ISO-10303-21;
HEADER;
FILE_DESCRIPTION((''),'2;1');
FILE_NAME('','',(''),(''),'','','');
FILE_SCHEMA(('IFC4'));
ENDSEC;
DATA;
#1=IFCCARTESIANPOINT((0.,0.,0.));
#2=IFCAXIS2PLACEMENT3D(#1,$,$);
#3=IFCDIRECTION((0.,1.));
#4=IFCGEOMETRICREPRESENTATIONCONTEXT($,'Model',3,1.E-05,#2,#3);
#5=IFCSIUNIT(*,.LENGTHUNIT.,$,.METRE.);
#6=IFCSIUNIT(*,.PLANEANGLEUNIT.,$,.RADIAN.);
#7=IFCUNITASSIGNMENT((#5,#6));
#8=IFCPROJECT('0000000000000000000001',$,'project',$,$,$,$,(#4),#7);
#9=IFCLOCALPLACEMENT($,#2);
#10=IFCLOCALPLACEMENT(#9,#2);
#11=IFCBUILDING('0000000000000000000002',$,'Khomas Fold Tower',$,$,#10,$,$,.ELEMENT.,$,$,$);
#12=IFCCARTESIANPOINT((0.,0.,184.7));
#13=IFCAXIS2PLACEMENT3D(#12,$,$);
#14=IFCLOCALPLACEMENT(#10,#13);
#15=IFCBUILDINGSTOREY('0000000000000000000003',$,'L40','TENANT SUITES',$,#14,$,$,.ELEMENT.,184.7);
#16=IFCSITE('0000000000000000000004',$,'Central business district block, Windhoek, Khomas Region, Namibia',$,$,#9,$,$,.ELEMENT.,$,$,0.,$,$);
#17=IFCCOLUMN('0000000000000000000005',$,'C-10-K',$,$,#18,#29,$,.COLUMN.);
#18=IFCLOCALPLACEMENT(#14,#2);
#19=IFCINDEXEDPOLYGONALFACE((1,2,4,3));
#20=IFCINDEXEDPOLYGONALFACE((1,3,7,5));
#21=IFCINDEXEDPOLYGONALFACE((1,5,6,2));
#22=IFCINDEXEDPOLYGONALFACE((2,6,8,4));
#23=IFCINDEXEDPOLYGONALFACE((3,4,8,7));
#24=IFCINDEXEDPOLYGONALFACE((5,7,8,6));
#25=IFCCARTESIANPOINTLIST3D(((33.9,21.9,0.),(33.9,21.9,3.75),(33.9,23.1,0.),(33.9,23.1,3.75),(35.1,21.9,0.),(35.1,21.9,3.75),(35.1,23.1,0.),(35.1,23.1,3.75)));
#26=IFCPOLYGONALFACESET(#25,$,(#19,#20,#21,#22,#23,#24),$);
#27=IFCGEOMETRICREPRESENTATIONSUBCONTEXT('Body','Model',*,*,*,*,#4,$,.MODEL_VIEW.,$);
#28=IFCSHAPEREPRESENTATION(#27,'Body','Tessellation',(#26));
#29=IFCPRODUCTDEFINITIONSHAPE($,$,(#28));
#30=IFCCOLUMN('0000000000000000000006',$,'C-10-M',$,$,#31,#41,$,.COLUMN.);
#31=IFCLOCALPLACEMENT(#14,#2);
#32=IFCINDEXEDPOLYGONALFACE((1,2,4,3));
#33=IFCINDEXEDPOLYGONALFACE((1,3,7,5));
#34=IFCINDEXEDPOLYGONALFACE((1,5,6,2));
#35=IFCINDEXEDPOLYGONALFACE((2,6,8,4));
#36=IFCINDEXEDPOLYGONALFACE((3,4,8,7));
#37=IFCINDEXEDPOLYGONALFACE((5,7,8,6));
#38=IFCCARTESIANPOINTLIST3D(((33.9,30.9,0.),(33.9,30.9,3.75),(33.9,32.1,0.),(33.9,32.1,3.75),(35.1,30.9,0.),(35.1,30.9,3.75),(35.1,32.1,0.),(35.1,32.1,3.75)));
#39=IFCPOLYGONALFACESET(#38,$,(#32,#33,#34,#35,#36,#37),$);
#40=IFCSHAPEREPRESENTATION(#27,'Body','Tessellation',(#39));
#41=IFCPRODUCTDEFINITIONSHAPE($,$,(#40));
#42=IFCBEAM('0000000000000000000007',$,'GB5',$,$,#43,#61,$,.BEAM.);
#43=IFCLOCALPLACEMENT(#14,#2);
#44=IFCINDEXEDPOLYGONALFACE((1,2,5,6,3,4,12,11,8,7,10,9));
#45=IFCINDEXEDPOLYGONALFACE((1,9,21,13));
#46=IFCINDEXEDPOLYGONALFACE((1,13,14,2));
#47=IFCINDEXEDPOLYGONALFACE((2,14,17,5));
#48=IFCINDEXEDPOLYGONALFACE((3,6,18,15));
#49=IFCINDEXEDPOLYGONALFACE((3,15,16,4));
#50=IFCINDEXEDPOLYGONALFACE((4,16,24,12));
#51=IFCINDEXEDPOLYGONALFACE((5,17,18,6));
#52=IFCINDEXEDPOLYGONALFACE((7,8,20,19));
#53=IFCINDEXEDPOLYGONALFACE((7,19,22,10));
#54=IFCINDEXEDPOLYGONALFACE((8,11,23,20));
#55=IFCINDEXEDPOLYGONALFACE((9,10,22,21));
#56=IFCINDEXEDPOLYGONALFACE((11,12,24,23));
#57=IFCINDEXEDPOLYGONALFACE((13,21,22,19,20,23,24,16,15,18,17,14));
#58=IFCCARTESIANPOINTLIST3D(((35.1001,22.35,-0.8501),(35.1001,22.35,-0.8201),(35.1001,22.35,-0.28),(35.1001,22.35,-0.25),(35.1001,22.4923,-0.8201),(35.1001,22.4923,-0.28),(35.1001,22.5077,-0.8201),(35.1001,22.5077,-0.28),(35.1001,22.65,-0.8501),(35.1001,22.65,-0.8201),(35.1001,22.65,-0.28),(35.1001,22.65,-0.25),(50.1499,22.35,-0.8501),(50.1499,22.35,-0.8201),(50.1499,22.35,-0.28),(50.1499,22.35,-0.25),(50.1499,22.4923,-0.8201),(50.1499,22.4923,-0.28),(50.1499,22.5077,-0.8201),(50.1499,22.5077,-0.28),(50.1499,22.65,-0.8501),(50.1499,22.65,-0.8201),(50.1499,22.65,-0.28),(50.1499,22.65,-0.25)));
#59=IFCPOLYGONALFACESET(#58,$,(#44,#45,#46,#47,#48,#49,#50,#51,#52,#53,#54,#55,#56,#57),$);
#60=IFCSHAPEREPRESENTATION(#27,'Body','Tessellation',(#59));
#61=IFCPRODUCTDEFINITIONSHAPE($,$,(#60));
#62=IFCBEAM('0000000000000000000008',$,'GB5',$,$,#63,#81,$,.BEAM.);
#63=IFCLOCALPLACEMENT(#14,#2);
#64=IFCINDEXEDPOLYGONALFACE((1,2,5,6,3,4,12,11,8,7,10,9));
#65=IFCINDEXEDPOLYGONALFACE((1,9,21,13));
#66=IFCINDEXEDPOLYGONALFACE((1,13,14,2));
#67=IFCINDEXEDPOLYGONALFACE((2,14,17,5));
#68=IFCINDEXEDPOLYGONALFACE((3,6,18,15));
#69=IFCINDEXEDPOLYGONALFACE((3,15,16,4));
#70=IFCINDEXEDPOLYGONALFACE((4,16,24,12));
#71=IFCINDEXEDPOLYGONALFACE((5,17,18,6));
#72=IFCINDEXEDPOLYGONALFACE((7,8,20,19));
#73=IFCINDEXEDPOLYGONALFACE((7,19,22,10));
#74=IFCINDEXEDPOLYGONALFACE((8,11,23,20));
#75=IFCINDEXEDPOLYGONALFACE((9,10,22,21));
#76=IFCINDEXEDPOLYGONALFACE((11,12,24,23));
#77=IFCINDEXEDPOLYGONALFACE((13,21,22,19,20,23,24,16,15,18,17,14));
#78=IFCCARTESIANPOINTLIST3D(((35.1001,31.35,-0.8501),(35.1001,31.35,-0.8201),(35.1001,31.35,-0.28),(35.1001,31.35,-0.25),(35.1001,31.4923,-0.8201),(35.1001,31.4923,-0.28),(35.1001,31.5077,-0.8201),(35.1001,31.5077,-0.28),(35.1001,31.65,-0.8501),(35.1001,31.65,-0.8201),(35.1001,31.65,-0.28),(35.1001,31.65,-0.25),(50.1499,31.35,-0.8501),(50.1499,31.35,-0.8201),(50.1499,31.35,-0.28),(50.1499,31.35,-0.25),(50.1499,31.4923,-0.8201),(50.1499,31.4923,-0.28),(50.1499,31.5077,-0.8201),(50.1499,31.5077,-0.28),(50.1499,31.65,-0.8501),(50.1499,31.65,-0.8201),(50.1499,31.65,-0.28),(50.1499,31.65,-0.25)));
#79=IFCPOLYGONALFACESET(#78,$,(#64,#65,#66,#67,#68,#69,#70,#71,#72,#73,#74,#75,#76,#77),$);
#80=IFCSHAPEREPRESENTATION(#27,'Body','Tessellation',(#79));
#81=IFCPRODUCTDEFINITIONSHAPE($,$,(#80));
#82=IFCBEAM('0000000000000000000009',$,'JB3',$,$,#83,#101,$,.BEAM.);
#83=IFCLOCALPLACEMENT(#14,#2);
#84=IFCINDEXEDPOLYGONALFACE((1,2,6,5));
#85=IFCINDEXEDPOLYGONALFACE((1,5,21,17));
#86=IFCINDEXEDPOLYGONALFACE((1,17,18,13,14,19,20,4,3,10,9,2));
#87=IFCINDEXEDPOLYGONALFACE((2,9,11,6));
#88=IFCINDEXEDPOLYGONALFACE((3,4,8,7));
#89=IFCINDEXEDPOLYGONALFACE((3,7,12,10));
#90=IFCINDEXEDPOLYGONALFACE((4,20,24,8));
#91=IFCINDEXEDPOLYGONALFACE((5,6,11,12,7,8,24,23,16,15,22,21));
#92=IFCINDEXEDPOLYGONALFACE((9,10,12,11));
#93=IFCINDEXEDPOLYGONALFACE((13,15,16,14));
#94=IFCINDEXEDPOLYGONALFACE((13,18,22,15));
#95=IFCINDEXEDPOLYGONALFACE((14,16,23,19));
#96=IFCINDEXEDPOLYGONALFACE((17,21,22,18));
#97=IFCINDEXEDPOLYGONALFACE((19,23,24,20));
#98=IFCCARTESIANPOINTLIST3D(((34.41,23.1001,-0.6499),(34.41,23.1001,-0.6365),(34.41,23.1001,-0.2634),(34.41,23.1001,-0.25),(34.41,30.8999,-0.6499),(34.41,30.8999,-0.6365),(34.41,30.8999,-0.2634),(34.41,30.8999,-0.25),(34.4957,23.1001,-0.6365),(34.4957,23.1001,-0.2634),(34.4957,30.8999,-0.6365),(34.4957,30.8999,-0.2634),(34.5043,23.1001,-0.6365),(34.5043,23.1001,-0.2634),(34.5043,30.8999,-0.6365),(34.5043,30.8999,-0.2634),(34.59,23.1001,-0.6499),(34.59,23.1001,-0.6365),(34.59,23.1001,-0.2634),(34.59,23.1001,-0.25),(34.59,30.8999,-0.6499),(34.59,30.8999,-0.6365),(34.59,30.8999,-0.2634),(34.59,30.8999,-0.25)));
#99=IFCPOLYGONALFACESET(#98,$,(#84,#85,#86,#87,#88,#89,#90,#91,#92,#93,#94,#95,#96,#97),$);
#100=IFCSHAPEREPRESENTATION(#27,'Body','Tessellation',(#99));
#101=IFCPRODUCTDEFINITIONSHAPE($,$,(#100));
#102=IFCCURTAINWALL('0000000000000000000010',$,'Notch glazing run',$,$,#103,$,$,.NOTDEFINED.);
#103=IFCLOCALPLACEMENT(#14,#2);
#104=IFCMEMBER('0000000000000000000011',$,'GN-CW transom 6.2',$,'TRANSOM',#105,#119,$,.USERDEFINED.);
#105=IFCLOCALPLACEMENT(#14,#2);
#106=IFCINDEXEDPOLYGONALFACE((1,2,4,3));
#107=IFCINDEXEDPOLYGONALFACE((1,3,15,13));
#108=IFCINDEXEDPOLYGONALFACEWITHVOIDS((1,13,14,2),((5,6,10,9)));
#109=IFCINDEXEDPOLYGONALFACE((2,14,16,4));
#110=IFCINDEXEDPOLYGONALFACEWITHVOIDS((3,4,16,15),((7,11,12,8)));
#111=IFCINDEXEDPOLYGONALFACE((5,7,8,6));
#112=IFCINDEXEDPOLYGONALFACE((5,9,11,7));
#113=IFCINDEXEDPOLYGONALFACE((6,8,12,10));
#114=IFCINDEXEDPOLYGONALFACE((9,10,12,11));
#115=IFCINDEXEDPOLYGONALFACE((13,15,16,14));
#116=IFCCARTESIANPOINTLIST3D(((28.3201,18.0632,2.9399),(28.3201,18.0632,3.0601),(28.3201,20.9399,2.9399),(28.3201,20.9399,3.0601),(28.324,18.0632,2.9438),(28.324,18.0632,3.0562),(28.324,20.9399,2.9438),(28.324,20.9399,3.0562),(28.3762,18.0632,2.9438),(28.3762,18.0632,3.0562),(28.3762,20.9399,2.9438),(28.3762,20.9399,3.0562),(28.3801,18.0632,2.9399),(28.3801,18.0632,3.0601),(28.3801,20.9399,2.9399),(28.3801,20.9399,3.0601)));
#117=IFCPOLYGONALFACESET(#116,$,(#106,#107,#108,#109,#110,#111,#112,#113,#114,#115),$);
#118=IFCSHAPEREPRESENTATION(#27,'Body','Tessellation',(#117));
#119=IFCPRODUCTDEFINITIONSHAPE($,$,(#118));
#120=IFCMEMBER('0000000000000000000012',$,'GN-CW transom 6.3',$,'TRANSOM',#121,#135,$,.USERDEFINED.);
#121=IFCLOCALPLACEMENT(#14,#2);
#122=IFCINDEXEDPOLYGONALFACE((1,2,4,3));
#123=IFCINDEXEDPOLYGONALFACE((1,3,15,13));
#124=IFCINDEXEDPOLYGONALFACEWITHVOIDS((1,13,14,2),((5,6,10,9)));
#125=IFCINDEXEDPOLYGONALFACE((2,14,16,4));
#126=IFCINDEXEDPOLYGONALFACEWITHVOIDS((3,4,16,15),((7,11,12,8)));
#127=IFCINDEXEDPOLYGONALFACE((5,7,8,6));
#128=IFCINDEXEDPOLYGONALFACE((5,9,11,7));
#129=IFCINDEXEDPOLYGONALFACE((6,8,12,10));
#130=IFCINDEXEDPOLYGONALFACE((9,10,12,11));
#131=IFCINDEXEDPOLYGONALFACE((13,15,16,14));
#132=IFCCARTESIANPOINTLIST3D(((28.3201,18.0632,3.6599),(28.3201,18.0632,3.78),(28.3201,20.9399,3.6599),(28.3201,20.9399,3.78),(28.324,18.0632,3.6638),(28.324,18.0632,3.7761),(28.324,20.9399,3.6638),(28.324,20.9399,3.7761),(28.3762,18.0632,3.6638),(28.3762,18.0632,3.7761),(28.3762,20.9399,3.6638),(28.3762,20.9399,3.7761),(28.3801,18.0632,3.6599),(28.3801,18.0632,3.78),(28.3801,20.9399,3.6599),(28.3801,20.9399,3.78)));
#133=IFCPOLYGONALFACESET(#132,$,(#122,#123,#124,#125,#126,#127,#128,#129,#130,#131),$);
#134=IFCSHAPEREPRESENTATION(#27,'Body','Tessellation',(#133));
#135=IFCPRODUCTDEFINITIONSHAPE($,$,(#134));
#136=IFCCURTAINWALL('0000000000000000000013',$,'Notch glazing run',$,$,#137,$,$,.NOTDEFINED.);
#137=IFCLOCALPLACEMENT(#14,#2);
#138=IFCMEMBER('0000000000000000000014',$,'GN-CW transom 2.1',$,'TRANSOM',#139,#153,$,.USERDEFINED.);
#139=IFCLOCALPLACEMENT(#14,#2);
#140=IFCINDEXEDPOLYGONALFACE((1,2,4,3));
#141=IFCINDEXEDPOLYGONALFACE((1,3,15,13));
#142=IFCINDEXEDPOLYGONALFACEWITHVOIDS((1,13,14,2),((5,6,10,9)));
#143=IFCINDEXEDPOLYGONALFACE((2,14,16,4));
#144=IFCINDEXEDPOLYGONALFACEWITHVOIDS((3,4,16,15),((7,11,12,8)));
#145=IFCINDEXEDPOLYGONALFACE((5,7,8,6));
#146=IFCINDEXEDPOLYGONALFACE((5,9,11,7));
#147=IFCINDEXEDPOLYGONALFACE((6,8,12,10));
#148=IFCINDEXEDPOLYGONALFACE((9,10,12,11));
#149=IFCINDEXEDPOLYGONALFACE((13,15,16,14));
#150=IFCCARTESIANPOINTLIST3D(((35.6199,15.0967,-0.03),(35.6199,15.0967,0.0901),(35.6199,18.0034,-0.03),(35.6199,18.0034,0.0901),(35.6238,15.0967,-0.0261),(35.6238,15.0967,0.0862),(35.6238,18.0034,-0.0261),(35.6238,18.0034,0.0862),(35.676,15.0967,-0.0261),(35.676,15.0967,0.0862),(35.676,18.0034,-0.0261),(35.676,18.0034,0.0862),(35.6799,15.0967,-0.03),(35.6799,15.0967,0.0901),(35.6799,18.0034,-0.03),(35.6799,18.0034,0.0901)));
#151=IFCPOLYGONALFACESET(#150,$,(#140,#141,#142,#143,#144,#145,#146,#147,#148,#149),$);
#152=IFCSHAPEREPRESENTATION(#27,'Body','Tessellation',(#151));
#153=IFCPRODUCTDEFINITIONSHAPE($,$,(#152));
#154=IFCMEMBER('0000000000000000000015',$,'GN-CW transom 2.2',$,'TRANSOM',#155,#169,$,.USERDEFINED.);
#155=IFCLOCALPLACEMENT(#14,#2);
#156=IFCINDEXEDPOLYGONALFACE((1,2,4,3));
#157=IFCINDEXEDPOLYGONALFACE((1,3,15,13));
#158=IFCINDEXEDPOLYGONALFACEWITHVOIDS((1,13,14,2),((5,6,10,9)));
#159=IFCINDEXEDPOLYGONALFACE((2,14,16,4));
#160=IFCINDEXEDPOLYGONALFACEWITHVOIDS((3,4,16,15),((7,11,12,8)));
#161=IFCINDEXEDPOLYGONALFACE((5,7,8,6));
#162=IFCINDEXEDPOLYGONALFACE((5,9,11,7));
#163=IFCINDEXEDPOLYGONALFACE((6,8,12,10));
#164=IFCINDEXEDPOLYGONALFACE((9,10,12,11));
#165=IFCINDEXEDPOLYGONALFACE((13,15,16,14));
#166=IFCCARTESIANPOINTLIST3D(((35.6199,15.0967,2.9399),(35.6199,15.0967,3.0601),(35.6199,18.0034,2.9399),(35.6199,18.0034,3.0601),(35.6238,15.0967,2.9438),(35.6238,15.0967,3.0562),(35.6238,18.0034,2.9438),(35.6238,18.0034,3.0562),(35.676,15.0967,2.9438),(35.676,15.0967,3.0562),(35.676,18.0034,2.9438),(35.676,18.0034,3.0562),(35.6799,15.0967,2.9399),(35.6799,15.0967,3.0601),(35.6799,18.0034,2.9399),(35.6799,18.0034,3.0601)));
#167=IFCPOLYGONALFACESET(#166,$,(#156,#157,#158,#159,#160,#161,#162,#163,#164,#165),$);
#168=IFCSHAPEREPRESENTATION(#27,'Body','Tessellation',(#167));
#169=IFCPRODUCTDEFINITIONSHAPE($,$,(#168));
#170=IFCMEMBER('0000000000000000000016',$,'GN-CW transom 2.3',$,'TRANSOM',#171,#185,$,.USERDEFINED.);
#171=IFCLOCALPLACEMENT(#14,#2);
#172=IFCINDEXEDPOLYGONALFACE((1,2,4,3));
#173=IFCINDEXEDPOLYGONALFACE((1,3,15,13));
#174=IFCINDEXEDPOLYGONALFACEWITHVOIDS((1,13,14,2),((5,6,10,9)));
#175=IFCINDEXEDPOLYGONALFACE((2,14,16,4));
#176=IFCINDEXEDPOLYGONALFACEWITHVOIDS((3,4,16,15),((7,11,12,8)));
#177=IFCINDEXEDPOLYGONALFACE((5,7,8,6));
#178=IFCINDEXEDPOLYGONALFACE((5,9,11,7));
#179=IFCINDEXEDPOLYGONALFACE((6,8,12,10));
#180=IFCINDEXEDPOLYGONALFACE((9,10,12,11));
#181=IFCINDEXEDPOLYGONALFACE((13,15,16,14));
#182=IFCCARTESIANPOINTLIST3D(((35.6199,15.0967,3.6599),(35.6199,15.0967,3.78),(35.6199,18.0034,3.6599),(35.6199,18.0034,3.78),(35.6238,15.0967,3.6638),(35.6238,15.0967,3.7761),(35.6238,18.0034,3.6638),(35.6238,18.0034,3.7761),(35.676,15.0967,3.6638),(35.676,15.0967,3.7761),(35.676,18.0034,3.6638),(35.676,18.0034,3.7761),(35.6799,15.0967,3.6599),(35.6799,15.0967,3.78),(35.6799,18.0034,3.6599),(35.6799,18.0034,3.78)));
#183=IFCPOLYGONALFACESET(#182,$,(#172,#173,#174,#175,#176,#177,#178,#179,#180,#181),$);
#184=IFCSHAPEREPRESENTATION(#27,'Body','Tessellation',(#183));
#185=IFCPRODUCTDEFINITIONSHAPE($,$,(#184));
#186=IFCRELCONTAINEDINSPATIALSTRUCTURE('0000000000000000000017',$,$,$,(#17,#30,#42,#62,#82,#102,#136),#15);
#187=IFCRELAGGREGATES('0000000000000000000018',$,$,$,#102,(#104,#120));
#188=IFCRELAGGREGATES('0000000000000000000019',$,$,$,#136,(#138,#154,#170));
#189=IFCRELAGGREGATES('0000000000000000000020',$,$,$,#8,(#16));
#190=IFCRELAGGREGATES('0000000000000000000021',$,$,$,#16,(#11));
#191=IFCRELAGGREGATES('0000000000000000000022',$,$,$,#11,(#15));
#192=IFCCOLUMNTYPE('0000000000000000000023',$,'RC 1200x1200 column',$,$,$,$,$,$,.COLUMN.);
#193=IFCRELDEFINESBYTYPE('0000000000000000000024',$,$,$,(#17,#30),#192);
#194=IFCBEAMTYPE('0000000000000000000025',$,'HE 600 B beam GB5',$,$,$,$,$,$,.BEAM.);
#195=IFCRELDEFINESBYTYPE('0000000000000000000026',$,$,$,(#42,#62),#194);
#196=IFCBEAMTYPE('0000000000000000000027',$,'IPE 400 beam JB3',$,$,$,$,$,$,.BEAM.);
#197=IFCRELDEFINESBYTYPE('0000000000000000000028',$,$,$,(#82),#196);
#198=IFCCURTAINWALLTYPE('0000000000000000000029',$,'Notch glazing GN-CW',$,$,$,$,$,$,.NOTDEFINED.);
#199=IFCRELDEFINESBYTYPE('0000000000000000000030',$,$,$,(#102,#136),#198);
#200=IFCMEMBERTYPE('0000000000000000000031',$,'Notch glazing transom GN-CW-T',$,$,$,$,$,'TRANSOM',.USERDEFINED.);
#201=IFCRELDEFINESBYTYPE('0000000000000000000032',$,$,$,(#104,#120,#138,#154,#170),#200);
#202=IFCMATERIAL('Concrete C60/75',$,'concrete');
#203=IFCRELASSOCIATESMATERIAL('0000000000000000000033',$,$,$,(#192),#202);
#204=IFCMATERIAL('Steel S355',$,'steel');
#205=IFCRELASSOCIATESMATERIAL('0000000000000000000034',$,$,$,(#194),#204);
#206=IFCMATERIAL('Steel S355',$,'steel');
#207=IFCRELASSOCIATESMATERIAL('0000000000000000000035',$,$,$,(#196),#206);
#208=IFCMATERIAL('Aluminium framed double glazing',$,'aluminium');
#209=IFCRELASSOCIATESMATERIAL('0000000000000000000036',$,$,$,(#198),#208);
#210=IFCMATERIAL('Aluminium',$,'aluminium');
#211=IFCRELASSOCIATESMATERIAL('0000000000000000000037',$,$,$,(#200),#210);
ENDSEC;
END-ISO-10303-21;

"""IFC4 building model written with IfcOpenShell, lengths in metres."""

from ifc_helpers import new_model, si_unit, direction, frame, origin, origin_2d, place, context, subcontext, project, spatial, rectangle, hollow_rectangle, i_section, extrude, source, transform, mapped, material, material_profile, profile_set, type_object, element, aggregate, save


model = new_model("IFC4")

# Units and contexts
model_context = context("Model", 3, precision=1e-05, world=origin(), true_north=direction((0.0, 1.0)))
body_context = subcontext(model_context, "Body", "Model", "MODEL_VIEW")
ifc_project = project(units=[si_unit("LENGTHUNIT", "METRE"), si_unit("PLANEANGLEUNIT", "RADIAN")], contexts=[model_context])

# Site, building, storey
site_placement = place(None, origin())
site = spatial("IfcSite", under=ifc_project, at=site_placement, Name="Central business district block, Windhoek, Khomas Region, Namibia", CompositionType="ELEMENT", RefElevation=0.0)
building_placement = place(site_placement, origin())
building = spatial("IfcBuilding", under=site, at=building_placement, Name="Khomas Fold Tower", CompositionType="ELEMENT")
storey_placement = place(building_placement, frame((0.0, 0.0, 184.7)))
storey = spatial("IfcBuildingStorey", under=building, at=storey_placement, Name="L40", Description="TENANT SUITES", CompositionType="ELEMENT", Elevation=184.7)

# Columns
ifc_material_1 = material(Name="Concrete C60/75", Category="concrete")
ifc_material_profile_1 = material_profile(ifc_material_1, rectangle(XDim=1.2, YDim=1.2, at=origin_2d()), Name="RC 1200x1200")
ifc_profile_set_1 = profile_set([ifc_material_profile_1], Name="Concrete C60/75")
column_type = type_object("IfcColumnType", Name="RC 1200x1200 column", PredefinedType="COLUMN", material=ifc_profile_set_1)
shared_shape_1 = source(origin(), body_context, "Body", "SweptSolid", [
    extrude(rectangle(XDim=1.2, YDim=1.2, at=origin_2d()), origin(), (0.0, 0.0, 1.0), 3.75),
])
for number, where, z_axis, x_axis, name in (
    (1, (34.5, 22.5, 0.0), (0.0, 0.0, 1.0), (1.0, 0.0, 0.0), "C-10-K"),
    (2, (34.5, 31.5, 0.0), (0.0, 0.0, 1.0), (1.0, 0.0, 0.0), "C-10-M"),
):
    element("IfcColumn", number, at=place(storey_placement, frame(where, z_axis=z_axis, x_axis=x_axis)), inside=storey, type_object=column_type, Name=name, PredefinedType="COLUMN", context=body_context, shape_type="MappedRepresentation", body=[
        mapped(shared_shape_1, transform((0.0, 0.0, 0.0))),
    ])

# Beams
ifc_material_2 = material(Name="Steel S355", Category="steel")
ifc_material_profile_2 = material_profile(ifc_material_2, i_section(OverallWidth=0.3, OverallDepth=0.6001, WebThickness=0.0154, FlangeThickness=0.03, at=origin_2d()), Name="HE 600 B")
ifc_profile_set_2 = profile_set([ifc_material_profile_2], Name="Steel S355")
beam_type_1 = type_object("IfcBeamType", Name="HE 600 B beam GB5", PredefinedType="BEAM", material=ifc_profile_set_2)
shared_shape_2 = source(origin(), body_context, "Body", "SweptSolid", [
    extrude(i_section(OverallWidth=0.3, OverallDepth=0.6001, WebThickness=0.0154, FlangeThickness=0.03, at=origin_2d()), origin(), (0.0, 0.0, 1.0), 15.0498),
])
for number, where, z_axis, x_axis, name in (
    (3, (35.1001, 22.5, -0.55), (1.0, 0.0, 0.0), (0.0, 1.0, 0.0), "GB5"),
    (4, (35.1001, 31.5, -0.55), (1.0, 0.0, 0.0), (0.0, 1.0, 0.0), "GB5"),
):
    element("IfcBeam", number, at=place(storey_placement, frame(where, z_axis=z_axis, x_axis=x_axis)), inside=storey, type_object=beam_type_1, Name=name, PredefinedType="BEAM", context=body_context, shape_type="MappedRepresentation", body=[
        mapped(shared_shape_2, transform((0.0, 0.0, 0.0))),
    ])
ifc_material_3 = material(Name="Steel S355", Category="steel")
ifc_material_profile_3 = material_profile(ifc_material_3, i_section(OverallWidth=0.1799, OverallDepth=0.3999, WebThickness=0.0085, FlangeThickness=0.0134, at=origin_2d()), Name="IPE 400")
ifc_profile_set_3 = profile_set([ifc_material_profile_3], Name="Steel S355")
beam_type_2 = type_object("IfcBeamType", Name="IPE 400 beam JB3", PredefinedType="BEAM", material=ifc_profile_set_3)
shared_shape_3 = source(origin(), body_context, "Body", "SweptSolid", [
    extrude(i_section(OverallWidth=0.1799, OverallDepth=0.3999, WebThickness=0.0085, FlangeThickness=0.0134, at=origin_2d()), origin(), (0.0, 0.0, 1.0), 7.7998),
])
beam_placement = place(storey_placement, frame((34.5, 23.1001, -0.45), z_axis=(0.0, 1.0, 0.0), x_axis=(-1.0, 0.0, 0.0)))
element("IfcBeam", 5, at=beam_placement, inside=storey, type_object=beam_type_2, Name="JB3", PredefinedType="BEAM", context=body_context, shape_type="MappedRepresentation", body=[
    mapped(shared_shape_3, transform((0.0, 0.0, 0.0))),
])

# Curtain walls, members
ifc_material_4 = material(Name="Aluminium framed double glazing", Category="aluminium")
curtain_wall_type = type_object("IfcCurtainWallType", Name="Notch glazing GN-CW", PredefinedType="NOTDEFINED", material=ifc_material_4)
curtain_wall_1_placement = place(storey_placement, origin())
curtain_wall_1 = element("IfcCurtainWall", 6, at=curtain_wall_1_placement, inside=storey, type_object=curtain_wall_type, Name="Notch glazing run", PredefinedType="NOTDEFINED")
ifc_material_5 = material(Name="Aluminium", Category="aluminium")
ifc_material_profile_4 = material_profile(ifc_material_5, hollow_rectangle(XDim=0.0601, YDim=0.1201, WallThickness=0.0039, at=origin_2d()), Name="Notch glazing transom GN-CW-T")
ifc_profile_set_4 = profile_set([ifc_material_profile_4], Name="Aluminium")
member_type_1 = type_object("IfcMemberType", Name="Notch glazing transom GN-CW-T", ElementType="TRANSOM", PredefinedType="USERDEFINED", material=ifc_profile_set_4)
shared_shape_4 = source(origin(), body_context, "Body", "SweptSolid", [
    extrude(hollow_rectangle(XDim=0.0601, YDim=0.1201, WallThickness=0.0039, at=origin_2d()), origin(), (0.0, 0.0, 1.0), 2.8767),
])
member_1_placement = place(storey_placement, frame((28.3501, 18.0632, 3.0), z_axis=(0.0, 1.0, 0.0), x_axis=(-1.0, 0.0, 0.0)))
member_1 = element("IfcMember", 7, at=member_1_placement, type_object=member_type_1, Name="GN-CW transom 6.2", ObjectType="TRANSOM", PredefinedType="USERDEFINED", context=body_context, shape_type="MappedRepresentation", body=[
    mapped(shared_shape_4, transform((0.0, 0.0, 0.0))),
])
member_2_placement = place(storey_placement, frame((28.3501, 18.0632, 3.72), z_axis=(0.0, 1.0, 0.0), x_axis=(-1.0, 0.0, 0.0)))
member_2 = element("IfcMember", 8, at=member_2_placement, type_object=member_type_1, Name="GN-CW transom 6.3", ObjectType="TRANSOM", PredefinedType="USERDEFINED", context=body_context, shape_type="MappedRepresentation", body=[
    mapped(shared_shape_4, transform((0.0, 0.0, 0.0))),
])
curtain_wall_2_placement = place(storey_placement, origin())
curtain_wall_2 = element("IfcCurtainWall", 9, at=curtain_wall_2_placement, inside=storey, type_object=curtain_wall_type, Name="Notch glazing run", PredefinedType="NOTDEFINED")
shared_shape_5 = source(origin(), body_context, "Body", "SweptSolid", [
    extrude(hollow_rectangle(XDim=0.0601, YDim=0.1201, WallThickness=0.0039, at=origin_2d()), origin(), (0.0, 0.0, 1.0), 2.9067),
])
member_3_placement = place(storey_placement, frame((35.6499, 18.0034, 0.03), z_axis=(0.0, -1.0, 0.0), x_axis=(1.0, 0.0, 0.0)))
member_3 = element("IfcMember", 10, at=member_3_placement, type_object=member_type_1, Name="GN-CW transom 2.1", ObjectType="TRANSOM", PredefinedType="USERDEFINED", context=body_context, shape_type="MappedRepresentation", body=[
    mapped(shared_shape_5, transform((0.0, 0.0, 0.0))),
])
member_4_placement = place(storey_placement, frame((35.6499, 18.0034, 3.0), z_axis=(0.0, -1.0, 0.0), x_axis=(1.0, 0.0, 0.0)))
member_4 = element("IfcMember", 11, at=member_4_placement, type_object=member_type_1, Name="GN-CW transom 2.2", ObjectType="TRANSOM", PredefinedType="USERDEFINED", context=body_context, shape_type="MappedRepresentation", body=[
    mapped(shared_shape_5, transform((0.0, 0.0, 0.0))),
])
member_5_placement = place(storey_placement, frame((35.6499, 18.0034, 3.72), z_axis=(0.0, -1.0, 0.0), x_axis=(1.0, 0.0, 0.0)))
member_5 = element("IfcMember", 12, at=member_5_placement, type_object=member_type_1, Name="GN-CW transom 2.3", ObjectType="TRANSOM", PredefinedType="USERDEFINED", context=body_context, shape_type="MappedRepresentation", body=[
    mapped(shared_shape_5, transform((0.0, 0.0, 0.0))),
])

aggregate(curtain_wall_1, [member_1, member_2])
aggregate(curtain_wall_2, [member_3, member_4, member_5])

save(model, "model.ifc")
